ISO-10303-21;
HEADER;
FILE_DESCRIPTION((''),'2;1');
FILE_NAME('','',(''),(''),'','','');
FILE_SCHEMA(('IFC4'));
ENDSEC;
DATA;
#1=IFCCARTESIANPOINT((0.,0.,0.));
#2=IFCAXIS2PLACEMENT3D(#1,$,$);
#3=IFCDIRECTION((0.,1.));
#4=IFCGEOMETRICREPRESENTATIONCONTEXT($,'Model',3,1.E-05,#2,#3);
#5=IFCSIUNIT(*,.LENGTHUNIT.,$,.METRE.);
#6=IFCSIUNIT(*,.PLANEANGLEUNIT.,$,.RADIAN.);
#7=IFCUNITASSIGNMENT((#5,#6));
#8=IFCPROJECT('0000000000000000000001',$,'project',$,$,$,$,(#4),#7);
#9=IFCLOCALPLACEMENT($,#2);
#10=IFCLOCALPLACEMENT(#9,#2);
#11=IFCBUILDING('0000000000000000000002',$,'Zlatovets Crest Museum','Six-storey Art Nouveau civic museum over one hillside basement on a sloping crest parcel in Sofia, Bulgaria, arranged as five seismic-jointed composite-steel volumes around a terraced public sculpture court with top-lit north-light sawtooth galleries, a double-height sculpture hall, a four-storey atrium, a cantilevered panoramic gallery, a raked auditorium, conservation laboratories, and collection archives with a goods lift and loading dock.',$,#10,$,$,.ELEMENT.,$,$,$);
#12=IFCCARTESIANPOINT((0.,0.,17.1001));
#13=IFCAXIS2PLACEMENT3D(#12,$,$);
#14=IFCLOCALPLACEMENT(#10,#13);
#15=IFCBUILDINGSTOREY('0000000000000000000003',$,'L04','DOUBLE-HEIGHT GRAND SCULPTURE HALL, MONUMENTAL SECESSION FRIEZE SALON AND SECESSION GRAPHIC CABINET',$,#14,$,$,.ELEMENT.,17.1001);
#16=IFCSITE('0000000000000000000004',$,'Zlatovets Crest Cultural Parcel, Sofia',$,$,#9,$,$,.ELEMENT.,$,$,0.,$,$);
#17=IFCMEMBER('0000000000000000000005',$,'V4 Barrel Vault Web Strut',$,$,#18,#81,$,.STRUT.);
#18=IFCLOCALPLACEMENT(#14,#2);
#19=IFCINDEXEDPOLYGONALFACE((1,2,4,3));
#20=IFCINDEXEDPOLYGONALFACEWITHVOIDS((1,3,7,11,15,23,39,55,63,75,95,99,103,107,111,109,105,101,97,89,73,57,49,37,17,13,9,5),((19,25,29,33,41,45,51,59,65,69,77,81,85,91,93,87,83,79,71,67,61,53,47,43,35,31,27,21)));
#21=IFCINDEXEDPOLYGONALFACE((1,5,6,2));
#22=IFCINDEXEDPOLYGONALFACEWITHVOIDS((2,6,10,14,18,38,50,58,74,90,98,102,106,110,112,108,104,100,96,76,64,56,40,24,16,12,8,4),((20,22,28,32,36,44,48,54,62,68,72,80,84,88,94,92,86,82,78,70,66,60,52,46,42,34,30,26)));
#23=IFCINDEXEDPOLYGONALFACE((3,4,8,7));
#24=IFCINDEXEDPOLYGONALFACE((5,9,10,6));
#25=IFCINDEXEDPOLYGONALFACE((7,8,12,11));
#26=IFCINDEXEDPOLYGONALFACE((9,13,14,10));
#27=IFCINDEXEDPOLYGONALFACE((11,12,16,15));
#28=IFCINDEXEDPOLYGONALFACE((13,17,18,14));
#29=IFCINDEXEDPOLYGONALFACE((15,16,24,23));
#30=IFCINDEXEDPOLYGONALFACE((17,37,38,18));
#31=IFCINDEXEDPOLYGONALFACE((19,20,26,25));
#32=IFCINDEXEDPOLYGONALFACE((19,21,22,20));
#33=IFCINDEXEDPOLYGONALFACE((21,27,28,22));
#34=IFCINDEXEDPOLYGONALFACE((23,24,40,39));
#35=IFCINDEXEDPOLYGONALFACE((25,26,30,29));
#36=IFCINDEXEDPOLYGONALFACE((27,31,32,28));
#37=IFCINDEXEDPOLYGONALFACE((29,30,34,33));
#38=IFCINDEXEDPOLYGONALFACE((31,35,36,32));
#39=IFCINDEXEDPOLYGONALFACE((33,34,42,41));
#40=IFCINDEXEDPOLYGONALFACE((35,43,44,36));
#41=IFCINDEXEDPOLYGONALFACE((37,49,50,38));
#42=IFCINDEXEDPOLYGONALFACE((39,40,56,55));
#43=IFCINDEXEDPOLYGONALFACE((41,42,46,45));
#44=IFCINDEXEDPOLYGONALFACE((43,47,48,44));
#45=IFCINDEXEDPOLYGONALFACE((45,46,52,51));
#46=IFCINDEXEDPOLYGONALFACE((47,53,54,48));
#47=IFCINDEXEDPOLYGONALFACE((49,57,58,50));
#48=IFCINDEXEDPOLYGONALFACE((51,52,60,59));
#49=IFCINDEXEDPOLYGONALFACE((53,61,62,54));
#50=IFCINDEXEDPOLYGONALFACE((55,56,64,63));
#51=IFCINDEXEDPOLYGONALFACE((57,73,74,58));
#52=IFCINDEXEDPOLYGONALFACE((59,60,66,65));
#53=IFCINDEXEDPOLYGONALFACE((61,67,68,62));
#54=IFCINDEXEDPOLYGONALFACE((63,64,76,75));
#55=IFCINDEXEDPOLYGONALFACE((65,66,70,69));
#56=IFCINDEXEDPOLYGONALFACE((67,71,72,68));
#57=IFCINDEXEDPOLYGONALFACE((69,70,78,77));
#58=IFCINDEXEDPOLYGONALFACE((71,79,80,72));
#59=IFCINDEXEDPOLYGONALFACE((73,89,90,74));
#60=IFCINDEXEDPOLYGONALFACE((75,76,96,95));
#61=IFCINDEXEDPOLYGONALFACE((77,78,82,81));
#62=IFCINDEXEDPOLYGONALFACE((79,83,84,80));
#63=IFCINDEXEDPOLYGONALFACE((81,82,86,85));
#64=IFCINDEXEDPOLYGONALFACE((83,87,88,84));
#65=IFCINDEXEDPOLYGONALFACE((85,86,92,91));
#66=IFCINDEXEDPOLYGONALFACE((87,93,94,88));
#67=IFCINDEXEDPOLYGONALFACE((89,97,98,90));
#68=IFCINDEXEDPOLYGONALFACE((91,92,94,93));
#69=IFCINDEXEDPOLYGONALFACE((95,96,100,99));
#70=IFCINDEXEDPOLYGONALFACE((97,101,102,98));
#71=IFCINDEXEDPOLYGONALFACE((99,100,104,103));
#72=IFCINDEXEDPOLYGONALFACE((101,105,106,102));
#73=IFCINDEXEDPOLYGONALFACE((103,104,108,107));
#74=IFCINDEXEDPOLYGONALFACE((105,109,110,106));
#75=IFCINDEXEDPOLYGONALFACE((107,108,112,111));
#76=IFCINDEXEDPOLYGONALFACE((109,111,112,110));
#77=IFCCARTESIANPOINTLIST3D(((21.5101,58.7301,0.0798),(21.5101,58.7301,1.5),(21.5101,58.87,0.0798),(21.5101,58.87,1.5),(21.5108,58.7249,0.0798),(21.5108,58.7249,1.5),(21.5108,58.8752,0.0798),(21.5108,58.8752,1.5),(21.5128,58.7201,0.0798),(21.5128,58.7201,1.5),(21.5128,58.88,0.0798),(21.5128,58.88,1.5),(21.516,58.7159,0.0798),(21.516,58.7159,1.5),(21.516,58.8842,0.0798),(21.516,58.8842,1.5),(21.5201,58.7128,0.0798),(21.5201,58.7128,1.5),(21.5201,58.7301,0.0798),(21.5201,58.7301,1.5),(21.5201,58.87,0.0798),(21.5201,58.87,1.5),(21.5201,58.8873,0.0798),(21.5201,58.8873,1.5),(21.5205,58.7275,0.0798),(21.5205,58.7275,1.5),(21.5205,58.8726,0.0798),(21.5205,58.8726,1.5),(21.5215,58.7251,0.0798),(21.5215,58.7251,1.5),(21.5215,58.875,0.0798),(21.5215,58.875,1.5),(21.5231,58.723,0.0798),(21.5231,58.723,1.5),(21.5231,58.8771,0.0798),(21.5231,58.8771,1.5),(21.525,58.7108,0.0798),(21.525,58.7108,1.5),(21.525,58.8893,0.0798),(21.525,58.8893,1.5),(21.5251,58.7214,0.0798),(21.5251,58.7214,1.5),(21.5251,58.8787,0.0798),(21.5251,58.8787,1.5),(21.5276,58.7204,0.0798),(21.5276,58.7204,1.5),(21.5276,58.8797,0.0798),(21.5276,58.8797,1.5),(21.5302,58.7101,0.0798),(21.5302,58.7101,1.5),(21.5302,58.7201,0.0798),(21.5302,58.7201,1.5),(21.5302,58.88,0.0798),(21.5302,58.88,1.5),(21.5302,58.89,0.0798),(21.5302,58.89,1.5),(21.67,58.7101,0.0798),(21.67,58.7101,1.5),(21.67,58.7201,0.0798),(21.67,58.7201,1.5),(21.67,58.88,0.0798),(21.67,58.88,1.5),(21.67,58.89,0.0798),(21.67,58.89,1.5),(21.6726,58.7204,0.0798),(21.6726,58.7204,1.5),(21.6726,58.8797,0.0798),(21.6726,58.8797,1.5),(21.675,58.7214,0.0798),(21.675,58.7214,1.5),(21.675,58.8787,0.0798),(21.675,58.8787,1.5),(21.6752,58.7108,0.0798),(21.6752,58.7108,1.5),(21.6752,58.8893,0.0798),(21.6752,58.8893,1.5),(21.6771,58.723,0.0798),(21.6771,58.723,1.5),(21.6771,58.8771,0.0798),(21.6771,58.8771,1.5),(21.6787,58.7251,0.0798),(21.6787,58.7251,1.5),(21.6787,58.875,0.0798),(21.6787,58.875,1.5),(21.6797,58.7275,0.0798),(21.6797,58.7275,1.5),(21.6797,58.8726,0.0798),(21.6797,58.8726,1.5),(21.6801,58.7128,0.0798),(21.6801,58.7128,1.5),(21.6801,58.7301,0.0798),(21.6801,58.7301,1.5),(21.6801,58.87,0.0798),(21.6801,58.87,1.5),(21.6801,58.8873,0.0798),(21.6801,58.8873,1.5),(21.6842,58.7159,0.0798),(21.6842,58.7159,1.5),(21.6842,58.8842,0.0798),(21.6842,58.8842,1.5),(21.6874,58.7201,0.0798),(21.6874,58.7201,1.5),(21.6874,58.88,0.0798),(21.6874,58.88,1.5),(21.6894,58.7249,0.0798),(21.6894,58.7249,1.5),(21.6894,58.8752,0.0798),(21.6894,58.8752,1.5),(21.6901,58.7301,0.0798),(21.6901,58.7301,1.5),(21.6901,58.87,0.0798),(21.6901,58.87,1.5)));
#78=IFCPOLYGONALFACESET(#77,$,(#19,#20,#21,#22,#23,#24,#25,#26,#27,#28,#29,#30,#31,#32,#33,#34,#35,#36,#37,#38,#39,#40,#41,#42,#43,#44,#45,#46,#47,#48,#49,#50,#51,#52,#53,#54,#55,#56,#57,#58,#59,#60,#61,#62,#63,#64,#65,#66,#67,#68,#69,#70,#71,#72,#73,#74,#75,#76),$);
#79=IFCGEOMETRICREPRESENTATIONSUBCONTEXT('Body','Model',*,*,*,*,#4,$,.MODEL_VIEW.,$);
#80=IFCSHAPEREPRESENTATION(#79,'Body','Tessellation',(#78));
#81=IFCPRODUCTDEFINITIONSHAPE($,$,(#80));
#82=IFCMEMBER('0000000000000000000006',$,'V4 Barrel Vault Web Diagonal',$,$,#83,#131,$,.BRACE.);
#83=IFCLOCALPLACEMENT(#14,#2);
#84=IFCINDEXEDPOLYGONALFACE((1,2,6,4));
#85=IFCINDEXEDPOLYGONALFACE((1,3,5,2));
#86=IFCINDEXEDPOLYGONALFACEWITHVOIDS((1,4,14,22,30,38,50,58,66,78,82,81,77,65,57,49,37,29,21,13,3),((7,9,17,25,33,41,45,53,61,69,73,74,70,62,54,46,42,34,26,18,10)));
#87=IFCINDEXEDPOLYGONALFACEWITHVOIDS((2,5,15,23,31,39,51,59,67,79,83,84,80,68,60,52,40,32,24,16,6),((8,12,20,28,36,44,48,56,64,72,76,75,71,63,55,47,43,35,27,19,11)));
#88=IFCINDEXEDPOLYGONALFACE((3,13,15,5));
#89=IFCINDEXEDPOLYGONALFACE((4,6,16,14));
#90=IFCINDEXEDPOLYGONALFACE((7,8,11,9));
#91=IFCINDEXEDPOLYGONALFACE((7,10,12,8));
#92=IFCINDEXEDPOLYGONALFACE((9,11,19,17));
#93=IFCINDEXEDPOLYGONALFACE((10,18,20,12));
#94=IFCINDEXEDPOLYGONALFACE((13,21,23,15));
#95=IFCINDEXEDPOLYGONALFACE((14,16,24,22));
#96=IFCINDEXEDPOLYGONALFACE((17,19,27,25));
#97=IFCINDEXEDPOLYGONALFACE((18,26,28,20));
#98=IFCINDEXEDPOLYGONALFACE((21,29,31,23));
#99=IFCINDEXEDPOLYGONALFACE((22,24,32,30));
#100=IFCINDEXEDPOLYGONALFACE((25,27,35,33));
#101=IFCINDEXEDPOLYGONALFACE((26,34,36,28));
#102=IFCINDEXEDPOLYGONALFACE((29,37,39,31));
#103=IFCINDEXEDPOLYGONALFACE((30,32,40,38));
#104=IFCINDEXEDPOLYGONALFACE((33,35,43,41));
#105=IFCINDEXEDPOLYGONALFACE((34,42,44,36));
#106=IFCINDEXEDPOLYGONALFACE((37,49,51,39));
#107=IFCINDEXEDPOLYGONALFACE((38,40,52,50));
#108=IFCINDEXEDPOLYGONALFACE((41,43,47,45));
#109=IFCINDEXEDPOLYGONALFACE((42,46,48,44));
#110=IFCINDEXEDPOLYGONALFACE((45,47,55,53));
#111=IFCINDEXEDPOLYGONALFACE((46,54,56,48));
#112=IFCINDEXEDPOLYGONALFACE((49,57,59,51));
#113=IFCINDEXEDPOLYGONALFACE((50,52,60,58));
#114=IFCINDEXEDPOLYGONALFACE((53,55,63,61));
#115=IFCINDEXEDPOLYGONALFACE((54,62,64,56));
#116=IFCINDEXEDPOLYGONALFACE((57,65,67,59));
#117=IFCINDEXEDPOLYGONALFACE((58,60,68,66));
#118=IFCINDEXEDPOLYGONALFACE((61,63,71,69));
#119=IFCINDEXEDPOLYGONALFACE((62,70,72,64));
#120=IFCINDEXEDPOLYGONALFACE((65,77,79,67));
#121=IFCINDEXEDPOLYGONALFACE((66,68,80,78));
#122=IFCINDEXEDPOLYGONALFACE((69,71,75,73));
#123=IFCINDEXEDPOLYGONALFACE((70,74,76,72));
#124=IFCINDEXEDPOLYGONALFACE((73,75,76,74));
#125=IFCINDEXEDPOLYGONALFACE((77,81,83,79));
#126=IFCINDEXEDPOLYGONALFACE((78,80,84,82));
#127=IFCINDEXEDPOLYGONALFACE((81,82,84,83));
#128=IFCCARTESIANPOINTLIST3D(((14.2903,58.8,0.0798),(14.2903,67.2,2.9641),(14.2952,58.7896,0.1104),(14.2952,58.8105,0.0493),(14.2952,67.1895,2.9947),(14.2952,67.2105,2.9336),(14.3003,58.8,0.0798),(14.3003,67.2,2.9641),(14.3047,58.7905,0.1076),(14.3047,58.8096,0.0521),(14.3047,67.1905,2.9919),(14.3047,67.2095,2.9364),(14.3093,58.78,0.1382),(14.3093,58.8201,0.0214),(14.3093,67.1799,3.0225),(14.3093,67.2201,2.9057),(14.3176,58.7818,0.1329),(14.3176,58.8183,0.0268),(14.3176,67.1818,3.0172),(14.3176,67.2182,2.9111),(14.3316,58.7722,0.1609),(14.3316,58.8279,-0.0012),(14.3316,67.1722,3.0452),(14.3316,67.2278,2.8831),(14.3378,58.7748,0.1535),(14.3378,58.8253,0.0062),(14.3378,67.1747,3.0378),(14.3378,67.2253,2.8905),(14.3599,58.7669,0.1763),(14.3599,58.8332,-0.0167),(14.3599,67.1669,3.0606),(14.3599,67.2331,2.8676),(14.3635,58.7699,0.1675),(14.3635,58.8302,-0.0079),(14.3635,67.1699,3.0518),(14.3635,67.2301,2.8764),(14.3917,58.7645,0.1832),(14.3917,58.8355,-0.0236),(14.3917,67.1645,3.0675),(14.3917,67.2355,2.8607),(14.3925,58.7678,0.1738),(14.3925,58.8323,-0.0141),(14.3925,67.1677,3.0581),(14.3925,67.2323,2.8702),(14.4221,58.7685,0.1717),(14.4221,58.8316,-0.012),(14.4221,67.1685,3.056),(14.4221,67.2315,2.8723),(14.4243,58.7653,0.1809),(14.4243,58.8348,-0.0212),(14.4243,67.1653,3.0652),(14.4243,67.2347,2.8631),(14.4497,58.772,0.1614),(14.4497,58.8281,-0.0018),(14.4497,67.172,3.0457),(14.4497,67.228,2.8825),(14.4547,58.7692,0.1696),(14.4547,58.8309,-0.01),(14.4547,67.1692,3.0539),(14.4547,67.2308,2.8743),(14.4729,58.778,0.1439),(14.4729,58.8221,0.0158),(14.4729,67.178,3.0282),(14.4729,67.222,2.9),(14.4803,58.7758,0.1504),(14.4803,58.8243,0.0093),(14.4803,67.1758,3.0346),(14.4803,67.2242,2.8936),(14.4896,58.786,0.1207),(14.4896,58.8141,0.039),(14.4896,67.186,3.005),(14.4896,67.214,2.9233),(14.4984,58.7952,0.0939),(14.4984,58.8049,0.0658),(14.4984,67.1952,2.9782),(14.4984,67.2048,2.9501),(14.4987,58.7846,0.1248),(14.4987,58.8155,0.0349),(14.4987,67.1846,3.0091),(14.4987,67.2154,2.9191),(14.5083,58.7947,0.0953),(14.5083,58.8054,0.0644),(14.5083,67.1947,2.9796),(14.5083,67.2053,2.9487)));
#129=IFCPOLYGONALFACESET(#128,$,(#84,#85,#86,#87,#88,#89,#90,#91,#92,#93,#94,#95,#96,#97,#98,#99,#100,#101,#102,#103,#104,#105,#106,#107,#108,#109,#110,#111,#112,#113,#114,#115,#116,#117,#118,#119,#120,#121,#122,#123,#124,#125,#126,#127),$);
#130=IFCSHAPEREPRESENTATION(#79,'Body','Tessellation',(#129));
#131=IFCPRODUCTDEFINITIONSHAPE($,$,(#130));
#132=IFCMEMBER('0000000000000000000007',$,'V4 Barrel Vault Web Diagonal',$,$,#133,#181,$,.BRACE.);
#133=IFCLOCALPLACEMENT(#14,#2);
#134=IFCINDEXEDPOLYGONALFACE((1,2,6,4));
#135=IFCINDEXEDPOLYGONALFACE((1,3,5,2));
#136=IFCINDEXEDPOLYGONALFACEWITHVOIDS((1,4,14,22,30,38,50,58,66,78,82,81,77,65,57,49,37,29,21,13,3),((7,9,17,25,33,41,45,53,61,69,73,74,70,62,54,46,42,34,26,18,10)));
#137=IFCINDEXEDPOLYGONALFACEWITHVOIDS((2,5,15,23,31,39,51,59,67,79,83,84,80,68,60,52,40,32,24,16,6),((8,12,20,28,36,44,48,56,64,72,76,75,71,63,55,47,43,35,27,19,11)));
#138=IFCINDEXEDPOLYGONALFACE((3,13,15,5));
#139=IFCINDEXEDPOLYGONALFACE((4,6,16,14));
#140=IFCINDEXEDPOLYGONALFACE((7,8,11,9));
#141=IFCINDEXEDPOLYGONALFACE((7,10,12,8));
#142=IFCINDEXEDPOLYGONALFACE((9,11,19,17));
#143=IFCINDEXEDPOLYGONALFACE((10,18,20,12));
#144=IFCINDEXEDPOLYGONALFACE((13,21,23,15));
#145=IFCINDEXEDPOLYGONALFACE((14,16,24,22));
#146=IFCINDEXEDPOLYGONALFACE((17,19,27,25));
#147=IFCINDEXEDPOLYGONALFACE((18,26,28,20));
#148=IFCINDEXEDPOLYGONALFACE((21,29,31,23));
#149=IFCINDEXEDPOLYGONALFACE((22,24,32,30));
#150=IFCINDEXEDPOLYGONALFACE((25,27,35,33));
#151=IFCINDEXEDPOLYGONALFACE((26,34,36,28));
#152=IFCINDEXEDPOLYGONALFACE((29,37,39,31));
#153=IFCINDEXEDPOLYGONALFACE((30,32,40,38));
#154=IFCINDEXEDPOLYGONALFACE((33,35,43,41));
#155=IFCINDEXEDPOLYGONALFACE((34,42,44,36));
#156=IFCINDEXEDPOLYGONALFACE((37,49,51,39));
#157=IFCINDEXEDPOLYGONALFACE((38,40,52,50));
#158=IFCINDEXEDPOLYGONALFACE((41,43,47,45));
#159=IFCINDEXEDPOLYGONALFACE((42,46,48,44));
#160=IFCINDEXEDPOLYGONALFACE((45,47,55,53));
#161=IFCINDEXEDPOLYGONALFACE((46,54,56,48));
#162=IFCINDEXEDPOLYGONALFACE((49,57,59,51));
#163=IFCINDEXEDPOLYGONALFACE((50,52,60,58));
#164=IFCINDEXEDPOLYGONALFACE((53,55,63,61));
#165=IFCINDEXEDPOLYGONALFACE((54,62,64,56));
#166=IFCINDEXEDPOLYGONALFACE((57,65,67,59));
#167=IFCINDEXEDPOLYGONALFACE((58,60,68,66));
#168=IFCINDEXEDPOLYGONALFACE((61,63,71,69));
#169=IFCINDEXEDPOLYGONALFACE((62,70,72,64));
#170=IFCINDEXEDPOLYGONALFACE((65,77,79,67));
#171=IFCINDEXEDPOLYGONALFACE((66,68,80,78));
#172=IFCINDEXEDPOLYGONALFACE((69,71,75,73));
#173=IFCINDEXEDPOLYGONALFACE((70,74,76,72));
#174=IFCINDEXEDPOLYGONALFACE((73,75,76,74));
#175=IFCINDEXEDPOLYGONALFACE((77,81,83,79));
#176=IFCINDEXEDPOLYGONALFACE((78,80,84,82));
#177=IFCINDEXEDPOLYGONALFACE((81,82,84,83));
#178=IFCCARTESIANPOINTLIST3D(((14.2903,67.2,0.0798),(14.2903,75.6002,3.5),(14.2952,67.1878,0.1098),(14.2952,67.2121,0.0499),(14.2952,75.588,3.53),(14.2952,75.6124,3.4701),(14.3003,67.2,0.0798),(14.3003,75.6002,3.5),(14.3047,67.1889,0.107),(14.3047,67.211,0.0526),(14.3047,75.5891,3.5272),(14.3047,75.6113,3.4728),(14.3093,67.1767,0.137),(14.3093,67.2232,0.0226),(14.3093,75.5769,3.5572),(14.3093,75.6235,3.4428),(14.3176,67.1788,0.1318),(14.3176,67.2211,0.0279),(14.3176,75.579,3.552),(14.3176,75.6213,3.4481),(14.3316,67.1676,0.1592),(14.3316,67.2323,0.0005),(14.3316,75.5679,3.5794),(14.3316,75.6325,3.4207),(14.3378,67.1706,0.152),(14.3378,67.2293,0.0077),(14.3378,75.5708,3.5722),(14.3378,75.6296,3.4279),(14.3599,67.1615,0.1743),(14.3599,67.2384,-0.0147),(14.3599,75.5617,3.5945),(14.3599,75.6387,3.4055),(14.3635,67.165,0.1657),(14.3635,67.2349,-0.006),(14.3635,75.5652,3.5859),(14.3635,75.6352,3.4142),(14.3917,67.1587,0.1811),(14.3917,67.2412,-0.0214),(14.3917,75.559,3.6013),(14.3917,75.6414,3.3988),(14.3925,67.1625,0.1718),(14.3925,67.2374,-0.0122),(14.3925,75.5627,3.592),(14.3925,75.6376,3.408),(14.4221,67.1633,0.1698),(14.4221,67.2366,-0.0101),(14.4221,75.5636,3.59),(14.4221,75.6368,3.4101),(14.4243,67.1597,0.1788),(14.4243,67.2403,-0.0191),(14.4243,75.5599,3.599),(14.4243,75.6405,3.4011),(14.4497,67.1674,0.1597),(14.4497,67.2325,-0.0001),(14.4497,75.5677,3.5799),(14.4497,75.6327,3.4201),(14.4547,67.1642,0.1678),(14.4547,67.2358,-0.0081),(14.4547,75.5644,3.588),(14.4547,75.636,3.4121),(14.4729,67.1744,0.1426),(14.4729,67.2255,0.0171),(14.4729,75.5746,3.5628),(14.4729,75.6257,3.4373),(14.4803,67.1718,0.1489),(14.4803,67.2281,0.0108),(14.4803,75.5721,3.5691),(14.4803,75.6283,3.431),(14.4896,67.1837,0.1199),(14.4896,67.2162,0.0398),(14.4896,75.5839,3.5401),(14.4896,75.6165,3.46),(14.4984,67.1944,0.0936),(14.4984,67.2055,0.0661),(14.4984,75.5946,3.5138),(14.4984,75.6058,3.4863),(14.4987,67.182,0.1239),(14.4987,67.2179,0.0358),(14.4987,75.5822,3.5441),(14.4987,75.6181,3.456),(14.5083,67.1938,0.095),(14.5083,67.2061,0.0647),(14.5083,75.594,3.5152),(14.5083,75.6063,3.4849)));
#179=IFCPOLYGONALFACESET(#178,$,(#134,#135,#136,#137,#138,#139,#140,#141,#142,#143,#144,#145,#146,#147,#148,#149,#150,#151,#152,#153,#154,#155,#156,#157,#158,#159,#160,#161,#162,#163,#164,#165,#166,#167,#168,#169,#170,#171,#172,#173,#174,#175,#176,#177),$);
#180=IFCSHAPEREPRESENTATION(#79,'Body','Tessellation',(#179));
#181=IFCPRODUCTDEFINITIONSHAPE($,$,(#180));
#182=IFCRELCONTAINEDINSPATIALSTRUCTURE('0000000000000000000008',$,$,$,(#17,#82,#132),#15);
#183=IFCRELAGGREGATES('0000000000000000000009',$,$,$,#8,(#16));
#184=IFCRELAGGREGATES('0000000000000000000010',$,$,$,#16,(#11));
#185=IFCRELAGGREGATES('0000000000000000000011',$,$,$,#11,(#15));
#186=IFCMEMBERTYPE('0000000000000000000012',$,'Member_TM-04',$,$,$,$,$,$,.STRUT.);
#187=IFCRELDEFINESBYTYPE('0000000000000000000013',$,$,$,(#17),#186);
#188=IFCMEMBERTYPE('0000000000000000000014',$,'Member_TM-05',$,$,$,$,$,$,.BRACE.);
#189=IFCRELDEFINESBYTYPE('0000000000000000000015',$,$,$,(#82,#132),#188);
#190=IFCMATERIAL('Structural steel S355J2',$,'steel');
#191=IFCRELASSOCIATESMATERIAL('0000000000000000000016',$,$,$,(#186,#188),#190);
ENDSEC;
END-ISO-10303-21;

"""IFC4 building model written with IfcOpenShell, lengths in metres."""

from ifc_helpers import new_model, si_unit, direction, frame, origin, origin_2d, place, context, subcontext, project, spatial, hollow_rectangle, hollow_circle, extrude, material, material_profile, profile_set, type_object, element, save


model = new_model("IFC4")

# Units and contexts
model_context = context("Model", 3, precision=1e-05, world=origin(), true_north=direction((0.0, 1.0)))
body_context = subcontext(model_context, "Body", "Model", "MODEL_VIEW")
ifc_project = project(units=[si_unit("LENGTHUNIT", "METRE"), si_unit("PLANEANGLEUNIT", "RADIAN")], contexts=[model_context])

# Site, building, storey
site_placement = place(None, origin())
site = spatial("IfcSite", under=ifc_project, at=site_placement, Name="Zlatovets Crest Cultural Parcel, Sofia", CompositionType="ELEMENT", RefElevation=0.0)
building_placement = place(site_placement, origin())
building = spatial("IfcBuilding", under=site, at=building_placement, Name="Zlatovets Crest Museum", Description="Six-storey Art Nouveau civic museum over one hillside basement on a sloping crest parcel in Sofia, Bulgaria, arranged as five seismic-jointed composite-steel volumes around a terraced public sculpture court with top-lit north-light sawtooth galleries, a double-height sculpture hall, a four-storey atrium, a cantilevered panoramic gallery, a raked auditorium, conservation laboratories, and collection archives with a goods lift and loading dock.", CompositionType="ELEMENT")
storey_placement = place(building_placement, frame((0.0, 0.0, 17.1001)))
storey = spatial("IfcBuildingStorey", under=building, at=storey_placement, Name="L04", Description="DOUBLE-HEIGHT GRAND SCULPTURE HALL, MONUMENTAL SECESSION FRIEZE SALON AND SECESSION GRAPHIC CABINET", CompositionType="ELEMENT", Elevation=17.1001)

# Shared definitions
ifc_material_1 = material(Name="Structural steel S355J2", Category="steel")

# Members
ifc_material_profile_1 = material_profile(ifc_material_1, hollow_rectangle(XDim=0.1799, YDim=0.1799, WallThickness=0.01, InnerFilletRadius=0.01, OuterFilletRadius=0.02, at=origin_2d()), Name="SHS 180x180x10.0")
ifc_profile_set_1 = profile_set([ifc_material_profile_1], Name="Structural steel S355J2")
member_type_1 = type_object("IfcMemberType", Name="Member_TM-04", PredefinedType="STRUT", material=ifc_profile_set_1)
member_1_placement = place(storey_placement, frame((21.6001, 58.8, 0.0798), z_axis=(0.0, 0.0, 1.0), x_axis=(1.0, 0.0, 0.0)))
element("IfcMember", 1, at=member_1_placement, inside=storey, type_object=member_type_1, Name="V4 Barrel Vault Web Strut", PredefinedType="STRUT", context=body_context, shape_type="SweptSolid", body=[
    extrude(hollow_rectangle(XDim=0.1799, YDim=0.1799, WallThickness=0.01, InnerFilletRadius=0.01, OuterFilletRadius=0.02, at=origin_2d()), origin(), (0.0, 0.0, 1.0), 1.4202),
])
ifc_material_profile_2 = material_profile(ifc_material_1, hollow_circle(Radius=0.1096, WallThickness=0.01, at=origin_2d()), Name="CHS 219.1x10.0")
ifc_profile_set_2 = profile_set([ifc_material_profile_2], Name="Structural steel S355J2")
member_type_2 = type_object("IfcMemberType", Name="Member_TM-05", PredefinedType="BRACE", material=ifc_profile_set_2)
member_2_placement = place(storey_placement, frame((14.3999, 58.8, 0.0798), z_axis=(0.0, 0.945797, 0.324759), x_axis=(-1.0, 0.0, 0.0)))
element("IfcMember", 2, at=member_2_placement, inside=storey, type_object=member_type_2, Name="V4 Barrel Vault Web Diagonal", PredefinedType="BRACE", context=body_context, shape_type="SweptSolid", body=[
    extrude(hollow_circle(Radius=0.1096, WallThickness=0.01, at=origin_2d()), origin(), (0.0, 0.0, 1.0), 8.8813),
])
member_3_placement = place(storey_placement, frame((14.3999, 67.2, 0.0798), z_axis=(0.0, 0.926174, 0.377097), x_axis=(-1.0, 0.0, 0.0)))
element("IfcMember", 3, at=member_3_placement, inside=storey, type_object=member_type_2, Name="V4 Barrel Vault Web Diagonal", PredefinedType="BRACE", context=body_context, shape_type="SweptSolid", body=[
    extrude(hollow_circle(Radius=0.1096, WallThickness=0.01, at=origin_2d()), origin(), (0.0, 0.0, 1.0), 9.0698),
])

save(model, "model.ifc")
